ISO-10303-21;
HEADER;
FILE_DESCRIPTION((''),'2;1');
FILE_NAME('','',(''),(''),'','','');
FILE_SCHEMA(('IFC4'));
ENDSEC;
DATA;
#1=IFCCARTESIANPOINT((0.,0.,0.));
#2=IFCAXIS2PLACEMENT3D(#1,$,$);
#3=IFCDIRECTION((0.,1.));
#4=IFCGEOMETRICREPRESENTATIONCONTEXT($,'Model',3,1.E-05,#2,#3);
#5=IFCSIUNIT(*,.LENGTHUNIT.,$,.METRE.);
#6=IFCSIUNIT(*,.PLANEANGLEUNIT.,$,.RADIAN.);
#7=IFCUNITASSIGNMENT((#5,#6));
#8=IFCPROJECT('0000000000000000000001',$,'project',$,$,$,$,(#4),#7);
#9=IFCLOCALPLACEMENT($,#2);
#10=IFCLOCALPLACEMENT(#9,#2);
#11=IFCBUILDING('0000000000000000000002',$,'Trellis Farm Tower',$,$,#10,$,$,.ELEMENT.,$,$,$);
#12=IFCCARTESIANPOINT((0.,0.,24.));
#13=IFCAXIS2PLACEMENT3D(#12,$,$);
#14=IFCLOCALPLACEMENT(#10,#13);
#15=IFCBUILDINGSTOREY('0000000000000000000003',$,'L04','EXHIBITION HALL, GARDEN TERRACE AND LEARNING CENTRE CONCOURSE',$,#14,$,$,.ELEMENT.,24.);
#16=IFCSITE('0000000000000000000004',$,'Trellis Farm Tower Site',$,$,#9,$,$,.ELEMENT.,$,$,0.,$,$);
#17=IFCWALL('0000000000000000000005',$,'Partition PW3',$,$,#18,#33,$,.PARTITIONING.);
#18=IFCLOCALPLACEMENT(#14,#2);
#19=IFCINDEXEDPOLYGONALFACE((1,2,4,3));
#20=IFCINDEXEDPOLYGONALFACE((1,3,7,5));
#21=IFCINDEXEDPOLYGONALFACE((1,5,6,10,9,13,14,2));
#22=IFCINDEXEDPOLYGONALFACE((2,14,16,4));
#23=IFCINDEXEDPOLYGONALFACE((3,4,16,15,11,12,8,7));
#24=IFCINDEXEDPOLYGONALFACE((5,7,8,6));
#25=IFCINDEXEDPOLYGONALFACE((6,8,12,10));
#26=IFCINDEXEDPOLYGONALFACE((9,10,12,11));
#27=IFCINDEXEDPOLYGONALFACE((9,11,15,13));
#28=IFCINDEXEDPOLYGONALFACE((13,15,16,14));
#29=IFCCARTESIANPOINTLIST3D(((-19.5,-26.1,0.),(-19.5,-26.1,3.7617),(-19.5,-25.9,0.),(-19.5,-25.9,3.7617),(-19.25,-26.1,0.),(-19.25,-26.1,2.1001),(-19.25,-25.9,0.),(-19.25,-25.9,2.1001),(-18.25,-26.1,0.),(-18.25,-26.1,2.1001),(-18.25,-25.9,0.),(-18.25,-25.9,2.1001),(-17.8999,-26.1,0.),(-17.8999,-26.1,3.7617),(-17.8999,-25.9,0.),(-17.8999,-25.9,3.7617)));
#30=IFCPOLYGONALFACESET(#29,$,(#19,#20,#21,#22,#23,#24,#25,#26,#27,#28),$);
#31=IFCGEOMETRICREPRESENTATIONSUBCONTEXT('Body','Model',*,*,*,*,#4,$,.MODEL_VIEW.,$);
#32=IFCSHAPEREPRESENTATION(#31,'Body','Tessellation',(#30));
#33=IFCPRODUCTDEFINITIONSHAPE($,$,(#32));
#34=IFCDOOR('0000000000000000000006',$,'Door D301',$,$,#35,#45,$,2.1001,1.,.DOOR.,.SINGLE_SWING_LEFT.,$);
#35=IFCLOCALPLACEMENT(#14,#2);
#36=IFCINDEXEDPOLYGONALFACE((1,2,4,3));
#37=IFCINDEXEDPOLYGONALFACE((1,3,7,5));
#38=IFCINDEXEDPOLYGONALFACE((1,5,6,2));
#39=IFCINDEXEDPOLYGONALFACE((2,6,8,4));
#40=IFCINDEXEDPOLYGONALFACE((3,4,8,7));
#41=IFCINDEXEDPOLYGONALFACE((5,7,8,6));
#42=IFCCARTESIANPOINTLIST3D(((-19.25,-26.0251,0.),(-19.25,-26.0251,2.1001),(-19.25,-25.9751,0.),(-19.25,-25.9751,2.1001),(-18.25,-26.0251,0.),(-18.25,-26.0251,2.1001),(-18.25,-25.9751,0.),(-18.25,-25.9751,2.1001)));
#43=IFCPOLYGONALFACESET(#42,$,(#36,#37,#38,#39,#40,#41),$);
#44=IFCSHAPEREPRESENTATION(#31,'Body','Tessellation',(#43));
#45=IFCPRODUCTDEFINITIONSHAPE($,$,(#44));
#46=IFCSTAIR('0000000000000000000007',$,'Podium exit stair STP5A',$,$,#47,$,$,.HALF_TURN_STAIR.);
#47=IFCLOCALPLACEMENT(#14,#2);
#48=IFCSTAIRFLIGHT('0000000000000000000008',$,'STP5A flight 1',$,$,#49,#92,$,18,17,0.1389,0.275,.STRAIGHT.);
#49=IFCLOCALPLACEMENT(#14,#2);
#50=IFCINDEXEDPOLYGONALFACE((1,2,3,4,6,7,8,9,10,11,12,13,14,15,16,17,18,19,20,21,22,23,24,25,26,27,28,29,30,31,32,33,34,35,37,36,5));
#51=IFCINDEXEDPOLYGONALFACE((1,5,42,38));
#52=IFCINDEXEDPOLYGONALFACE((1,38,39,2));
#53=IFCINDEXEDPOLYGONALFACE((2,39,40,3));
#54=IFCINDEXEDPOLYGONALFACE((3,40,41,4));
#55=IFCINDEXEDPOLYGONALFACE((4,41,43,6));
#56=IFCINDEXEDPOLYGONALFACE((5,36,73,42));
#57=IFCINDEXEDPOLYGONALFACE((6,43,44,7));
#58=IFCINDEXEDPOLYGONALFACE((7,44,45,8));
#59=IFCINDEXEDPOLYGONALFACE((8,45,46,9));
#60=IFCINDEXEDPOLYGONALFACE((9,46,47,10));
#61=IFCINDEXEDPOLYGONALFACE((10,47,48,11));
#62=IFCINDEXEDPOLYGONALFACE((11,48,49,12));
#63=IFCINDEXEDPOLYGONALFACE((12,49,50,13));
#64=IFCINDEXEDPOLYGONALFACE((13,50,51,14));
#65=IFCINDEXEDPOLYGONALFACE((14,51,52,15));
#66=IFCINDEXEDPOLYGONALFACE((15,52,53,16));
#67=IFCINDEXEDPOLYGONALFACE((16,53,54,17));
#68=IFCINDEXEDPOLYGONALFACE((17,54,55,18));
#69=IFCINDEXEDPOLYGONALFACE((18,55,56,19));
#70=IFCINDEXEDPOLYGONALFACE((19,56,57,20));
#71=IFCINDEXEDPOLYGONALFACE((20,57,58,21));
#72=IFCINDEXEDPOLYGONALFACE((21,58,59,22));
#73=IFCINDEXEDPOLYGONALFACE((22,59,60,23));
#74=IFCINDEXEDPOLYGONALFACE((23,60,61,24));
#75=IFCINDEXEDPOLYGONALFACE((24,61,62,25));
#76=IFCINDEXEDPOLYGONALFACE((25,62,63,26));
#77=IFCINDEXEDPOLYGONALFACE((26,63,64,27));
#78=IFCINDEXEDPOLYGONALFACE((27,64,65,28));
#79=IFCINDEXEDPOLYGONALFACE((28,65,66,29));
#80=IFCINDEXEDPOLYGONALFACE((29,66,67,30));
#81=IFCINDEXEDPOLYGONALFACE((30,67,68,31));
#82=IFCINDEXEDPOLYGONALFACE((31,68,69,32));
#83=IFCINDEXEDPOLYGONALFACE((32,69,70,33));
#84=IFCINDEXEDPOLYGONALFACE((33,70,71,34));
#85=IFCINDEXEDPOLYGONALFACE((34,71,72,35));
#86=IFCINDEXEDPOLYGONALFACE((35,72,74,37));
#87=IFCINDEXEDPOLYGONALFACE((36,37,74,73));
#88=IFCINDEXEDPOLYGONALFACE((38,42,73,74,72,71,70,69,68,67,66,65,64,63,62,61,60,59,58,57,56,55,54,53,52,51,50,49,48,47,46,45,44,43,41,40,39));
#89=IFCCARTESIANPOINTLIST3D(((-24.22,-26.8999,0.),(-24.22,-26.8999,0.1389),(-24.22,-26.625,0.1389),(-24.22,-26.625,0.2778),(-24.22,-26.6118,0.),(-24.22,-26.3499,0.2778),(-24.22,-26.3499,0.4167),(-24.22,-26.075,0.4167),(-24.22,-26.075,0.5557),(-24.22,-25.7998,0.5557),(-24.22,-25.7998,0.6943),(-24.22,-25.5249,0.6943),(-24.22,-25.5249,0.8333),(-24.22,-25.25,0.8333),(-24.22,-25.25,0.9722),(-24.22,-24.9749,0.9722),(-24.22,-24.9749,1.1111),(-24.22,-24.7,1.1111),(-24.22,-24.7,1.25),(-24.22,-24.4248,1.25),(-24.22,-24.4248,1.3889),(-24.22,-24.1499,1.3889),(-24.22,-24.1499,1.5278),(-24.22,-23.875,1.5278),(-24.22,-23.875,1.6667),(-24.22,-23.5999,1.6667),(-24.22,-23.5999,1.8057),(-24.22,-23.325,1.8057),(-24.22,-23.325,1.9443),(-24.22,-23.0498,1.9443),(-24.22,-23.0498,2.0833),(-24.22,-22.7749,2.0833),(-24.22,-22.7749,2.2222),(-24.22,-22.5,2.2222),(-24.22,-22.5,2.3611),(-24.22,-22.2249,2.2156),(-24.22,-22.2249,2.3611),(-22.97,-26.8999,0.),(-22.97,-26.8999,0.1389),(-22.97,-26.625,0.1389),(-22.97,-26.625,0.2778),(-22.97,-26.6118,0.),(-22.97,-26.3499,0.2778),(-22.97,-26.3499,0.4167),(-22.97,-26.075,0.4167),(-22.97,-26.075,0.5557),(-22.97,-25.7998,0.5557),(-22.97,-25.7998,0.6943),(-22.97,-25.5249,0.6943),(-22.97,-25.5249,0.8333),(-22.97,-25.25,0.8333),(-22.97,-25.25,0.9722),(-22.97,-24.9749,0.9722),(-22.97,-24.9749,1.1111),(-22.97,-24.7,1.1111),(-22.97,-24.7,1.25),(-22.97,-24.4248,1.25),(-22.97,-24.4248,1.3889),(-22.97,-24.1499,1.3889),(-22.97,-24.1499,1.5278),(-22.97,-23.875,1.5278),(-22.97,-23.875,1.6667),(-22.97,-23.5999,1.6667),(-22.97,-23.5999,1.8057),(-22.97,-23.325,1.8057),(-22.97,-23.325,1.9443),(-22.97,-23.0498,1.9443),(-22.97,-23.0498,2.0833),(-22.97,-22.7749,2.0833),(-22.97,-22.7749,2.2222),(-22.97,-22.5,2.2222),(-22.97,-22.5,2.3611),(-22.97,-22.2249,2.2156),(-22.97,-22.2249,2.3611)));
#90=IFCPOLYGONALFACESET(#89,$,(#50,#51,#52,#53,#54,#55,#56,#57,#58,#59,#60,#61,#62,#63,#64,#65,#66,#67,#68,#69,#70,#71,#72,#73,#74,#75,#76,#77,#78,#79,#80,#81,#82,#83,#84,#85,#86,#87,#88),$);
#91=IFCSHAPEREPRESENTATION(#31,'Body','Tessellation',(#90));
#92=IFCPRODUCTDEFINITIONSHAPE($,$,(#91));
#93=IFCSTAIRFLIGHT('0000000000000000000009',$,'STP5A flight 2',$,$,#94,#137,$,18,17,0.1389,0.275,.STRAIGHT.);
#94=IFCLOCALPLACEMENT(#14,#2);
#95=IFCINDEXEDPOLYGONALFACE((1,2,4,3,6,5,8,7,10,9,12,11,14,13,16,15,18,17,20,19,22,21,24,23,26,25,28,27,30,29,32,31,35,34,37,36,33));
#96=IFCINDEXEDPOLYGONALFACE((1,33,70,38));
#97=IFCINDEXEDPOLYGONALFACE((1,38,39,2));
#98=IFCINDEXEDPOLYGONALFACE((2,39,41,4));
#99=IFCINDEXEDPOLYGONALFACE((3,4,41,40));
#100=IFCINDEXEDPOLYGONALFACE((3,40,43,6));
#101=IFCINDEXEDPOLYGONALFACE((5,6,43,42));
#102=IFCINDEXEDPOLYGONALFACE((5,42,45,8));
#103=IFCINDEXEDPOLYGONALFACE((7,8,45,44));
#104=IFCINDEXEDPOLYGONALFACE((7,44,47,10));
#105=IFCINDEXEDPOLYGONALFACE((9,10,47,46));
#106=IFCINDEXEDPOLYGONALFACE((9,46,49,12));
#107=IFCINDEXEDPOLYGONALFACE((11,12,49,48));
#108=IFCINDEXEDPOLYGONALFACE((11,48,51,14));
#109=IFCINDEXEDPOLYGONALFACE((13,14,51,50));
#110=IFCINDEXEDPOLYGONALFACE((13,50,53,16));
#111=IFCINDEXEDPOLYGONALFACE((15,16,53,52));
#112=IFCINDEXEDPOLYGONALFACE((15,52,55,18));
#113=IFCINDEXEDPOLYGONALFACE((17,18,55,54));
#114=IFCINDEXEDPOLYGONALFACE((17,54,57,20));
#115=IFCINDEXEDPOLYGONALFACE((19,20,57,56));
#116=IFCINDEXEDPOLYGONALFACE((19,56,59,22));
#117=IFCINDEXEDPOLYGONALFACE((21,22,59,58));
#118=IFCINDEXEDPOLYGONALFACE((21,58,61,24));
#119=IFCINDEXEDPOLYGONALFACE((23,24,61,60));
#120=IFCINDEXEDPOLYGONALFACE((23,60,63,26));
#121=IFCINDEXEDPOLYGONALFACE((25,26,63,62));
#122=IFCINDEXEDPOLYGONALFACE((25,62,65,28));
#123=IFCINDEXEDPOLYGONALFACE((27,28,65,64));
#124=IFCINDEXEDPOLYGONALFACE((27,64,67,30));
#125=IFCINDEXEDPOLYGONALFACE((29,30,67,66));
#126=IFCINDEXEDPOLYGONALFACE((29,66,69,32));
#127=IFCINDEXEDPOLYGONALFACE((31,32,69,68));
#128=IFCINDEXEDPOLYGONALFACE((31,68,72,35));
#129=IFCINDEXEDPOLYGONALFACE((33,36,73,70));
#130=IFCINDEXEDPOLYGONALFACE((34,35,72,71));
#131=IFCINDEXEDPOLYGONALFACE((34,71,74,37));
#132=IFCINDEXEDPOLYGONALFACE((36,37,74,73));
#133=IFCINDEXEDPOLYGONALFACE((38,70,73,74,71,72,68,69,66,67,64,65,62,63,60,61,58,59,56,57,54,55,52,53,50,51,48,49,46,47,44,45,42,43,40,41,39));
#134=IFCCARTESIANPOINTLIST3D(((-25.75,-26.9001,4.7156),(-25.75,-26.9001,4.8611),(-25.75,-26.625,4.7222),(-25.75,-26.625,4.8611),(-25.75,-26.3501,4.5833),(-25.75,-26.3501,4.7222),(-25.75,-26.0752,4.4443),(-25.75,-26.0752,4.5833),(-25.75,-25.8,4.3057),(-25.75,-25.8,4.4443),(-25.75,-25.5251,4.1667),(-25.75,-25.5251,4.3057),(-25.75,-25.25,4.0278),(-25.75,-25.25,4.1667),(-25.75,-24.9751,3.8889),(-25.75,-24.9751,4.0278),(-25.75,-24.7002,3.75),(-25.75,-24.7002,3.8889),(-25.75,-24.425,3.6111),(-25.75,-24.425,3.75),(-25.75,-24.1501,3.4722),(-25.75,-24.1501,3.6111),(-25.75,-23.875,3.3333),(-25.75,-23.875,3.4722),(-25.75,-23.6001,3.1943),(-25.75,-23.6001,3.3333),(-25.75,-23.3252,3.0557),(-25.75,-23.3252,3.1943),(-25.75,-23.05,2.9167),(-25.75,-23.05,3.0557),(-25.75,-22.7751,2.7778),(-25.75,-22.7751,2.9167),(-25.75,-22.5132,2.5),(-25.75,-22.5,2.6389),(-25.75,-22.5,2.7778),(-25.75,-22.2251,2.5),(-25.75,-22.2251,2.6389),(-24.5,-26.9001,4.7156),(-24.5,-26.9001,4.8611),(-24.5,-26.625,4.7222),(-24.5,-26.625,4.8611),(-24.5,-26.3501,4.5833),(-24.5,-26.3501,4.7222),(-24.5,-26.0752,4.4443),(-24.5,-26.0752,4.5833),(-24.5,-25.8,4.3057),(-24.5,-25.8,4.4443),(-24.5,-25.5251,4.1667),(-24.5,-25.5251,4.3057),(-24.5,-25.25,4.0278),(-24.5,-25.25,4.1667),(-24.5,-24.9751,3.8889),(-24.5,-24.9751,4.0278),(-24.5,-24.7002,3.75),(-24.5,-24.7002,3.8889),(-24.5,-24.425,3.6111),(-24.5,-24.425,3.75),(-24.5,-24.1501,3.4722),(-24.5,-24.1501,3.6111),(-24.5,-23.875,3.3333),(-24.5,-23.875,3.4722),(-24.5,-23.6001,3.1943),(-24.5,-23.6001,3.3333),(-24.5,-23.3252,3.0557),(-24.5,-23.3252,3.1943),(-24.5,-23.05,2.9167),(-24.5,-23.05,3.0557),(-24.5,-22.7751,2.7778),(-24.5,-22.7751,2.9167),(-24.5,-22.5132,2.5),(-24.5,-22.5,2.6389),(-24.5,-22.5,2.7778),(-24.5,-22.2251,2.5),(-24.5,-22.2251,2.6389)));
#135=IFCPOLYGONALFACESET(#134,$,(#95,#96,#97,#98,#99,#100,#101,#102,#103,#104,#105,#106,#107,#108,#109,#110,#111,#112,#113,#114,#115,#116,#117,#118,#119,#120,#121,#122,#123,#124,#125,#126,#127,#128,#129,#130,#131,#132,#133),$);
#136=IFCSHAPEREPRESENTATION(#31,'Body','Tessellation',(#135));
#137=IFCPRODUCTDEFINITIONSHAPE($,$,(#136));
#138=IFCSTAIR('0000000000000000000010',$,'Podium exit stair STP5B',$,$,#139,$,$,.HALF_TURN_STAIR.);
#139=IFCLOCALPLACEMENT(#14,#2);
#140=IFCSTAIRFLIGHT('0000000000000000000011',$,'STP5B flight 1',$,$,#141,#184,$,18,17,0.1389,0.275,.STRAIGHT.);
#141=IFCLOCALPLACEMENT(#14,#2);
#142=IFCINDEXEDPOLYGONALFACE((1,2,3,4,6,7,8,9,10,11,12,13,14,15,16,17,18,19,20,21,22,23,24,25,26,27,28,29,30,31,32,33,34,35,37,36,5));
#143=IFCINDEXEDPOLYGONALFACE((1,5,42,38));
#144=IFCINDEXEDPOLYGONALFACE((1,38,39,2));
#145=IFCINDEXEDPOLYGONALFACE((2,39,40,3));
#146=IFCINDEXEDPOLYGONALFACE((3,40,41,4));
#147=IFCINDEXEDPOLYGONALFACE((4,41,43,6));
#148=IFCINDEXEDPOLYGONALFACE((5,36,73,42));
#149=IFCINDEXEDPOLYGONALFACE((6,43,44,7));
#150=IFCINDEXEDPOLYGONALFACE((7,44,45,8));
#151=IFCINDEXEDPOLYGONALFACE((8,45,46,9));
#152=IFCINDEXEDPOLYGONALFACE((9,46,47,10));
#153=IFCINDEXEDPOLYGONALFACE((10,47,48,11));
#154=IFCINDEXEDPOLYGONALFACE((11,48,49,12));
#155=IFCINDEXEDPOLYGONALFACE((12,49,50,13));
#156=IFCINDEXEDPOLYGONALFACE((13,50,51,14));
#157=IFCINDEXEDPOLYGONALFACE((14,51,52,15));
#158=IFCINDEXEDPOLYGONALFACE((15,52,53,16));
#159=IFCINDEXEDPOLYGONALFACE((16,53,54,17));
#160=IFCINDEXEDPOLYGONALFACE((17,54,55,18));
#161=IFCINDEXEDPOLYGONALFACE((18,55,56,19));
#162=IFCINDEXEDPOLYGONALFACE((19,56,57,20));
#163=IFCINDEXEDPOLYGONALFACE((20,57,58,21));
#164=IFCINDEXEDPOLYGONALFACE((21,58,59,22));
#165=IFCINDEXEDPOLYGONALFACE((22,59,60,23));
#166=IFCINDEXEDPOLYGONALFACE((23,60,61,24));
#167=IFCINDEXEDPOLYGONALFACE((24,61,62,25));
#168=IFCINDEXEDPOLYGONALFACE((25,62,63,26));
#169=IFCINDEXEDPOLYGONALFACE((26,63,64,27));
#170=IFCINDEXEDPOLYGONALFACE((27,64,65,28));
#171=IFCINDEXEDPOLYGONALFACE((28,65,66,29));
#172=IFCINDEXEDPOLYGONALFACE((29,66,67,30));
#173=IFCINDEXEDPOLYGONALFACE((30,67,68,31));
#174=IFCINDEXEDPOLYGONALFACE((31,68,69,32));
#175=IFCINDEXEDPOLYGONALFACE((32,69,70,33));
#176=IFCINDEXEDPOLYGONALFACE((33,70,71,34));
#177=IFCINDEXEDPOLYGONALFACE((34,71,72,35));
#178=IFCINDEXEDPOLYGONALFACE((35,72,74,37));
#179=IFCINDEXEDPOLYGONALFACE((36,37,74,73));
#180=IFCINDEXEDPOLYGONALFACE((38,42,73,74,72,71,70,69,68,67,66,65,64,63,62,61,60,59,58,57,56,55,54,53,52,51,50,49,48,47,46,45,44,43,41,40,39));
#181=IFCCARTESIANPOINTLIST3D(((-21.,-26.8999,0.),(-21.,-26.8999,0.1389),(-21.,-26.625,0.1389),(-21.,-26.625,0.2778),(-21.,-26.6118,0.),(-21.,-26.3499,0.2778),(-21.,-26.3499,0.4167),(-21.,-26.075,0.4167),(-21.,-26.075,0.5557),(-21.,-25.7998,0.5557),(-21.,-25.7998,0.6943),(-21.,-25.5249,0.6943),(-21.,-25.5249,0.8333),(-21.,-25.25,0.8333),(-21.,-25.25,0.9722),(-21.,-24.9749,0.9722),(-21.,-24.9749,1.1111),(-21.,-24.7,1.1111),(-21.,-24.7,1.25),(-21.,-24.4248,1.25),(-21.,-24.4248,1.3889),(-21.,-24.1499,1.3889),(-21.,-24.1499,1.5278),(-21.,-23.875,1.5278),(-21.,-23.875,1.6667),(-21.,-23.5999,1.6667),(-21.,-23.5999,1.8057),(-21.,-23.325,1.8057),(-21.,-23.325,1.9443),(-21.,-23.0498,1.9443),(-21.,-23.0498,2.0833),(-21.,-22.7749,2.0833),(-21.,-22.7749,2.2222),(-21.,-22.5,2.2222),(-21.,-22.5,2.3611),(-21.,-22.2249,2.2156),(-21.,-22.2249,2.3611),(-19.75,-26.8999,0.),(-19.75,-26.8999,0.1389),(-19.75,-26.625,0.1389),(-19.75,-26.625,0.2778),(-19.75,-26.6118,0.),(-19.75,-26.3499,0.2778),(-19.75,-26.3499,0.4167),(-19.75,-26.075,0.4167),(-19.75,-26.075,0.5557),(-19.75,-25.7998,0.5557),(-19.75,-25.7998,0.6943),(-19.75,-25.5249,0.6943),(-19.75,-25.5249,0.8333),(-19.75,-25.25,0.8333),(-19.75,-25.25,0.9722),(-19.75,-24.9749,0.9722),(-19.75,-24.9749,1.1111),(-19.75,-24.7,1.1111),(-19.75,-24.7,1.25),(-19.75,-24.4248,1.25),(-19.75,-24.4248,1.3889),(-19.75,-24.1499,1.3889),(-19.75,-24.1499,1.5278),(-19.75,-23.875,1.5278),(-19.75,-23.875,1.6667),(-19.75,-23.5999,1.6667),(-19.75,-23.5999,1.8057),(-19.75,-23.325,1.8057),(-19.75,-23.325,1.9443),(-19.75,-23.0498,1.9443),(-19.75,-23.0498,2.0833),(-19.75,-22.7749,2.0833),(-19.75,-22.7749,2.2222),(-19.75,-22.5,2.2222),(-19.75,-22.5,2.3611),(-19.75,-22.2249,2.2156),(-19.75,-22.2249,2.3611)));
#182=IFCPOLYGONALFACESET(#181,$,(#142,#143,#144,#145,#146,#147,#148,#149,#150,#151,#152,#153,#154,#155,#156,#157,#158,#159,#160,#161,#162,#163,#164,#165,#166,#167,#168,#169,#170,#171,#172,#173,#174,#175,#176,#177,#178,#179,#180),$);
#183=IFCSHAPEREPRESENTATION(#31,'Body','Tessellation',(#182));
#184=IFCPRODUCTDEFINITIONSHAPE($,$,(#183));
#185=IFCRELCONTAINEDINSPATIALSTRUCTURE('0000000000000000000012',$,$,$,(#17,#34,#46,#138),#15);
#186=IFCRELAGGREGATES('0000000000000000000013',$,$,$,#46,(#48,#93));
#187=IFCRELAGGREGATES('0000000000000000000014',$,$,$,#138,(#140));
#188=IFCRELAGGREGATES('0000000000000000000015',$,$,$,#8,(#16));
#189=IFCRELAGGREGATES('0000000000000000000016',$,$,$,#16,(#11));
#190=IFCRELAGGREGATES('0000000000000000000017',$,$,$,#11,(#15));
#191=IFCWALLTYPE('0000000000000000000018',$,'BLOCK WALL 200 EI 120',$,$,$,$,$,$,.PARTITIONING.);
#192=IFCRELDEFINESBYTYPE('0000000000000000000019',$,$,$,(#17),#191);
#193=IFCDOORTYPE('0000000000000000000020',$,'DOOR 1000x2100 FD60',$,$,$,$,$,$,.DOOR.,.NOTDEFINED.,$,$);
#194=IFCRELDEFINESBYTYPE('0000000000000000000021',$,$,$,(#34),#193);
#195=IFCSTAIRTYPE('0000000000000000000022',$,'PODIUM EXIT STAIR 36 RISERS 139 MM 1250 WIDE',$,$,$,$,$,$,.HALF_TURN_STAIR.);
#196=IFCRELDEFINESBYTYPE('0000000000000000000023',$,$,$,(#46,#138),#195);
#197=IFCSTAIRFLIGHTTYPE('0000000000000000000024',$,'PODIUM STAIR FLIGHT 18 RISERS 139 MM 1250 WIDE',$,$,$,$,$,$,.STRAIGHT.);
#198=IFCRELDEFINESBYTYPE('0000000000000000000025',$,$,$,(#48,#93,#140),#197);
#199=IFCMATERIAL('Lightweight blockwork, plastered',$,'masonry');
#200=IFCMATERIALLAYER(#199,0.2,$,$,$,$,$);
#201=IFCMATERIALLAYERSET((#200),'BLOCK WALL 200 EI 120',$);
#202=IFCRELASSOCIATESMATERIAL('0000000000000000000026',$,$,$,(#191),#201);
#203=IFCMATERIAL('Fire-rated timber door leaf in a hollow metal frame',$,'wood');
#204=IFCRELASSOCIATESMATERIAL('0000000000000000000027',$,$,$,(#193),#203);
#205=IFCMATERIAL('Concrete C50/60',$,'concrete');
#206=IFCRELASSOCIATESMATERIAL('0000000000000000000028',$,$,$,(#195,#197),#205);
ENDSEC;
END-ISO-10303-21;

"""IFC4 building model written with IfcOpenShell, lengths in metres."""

from ifc_helpers import new_model, si_unit, direction, frame, frame_2d, origin, place, context, subcontext, project, spatial, polyline, rectangle, outline, extrude, source, transform, mapped, material, layer, layer_set, type_object, element, fill, aggregate, save


model = new_model("IFC4")

# Units and contexts
model_context = context("Model", 3, precision=1e-05, world=origin(), true_north=direction((0.0, 1.0)))
body_context = subcontext(model_context, "Body", "Model", "MODEL_VIEW")
ifc_project = project(units=[si_unit("LENGTHUNIT", "METRE"), si_unit("PLANEANGLEUNIT", "RADIAN")], contexts=[model_context])

# Site, building, storey
site_placement = place(None, origin())
site = spatial("IfcSite", under=ifc_project, at=site_placement, Name="Trellis Farm Tower Site", CompositionType="ELEMENT", RefElevation=0.0)
building_placement = place(site_placement, origin())
building = spatial("IfcBuilding", under=site, at=building_placement, Name="Trellis Farm Tower", CompositionType="ELEMENT")
storey_placement = place(building_placement, frame((0.0, 0.0, 24.0)))
storey = spatial("IfcBuildingStorey", under=building, at=storey_placement, Name="L04", Description="EXHIBITION HALL, GARDEN TERRACE AND LEARNING CENTRE CONCOURSE", CompositionType="ELEMENT", Elevation=24.0)

# Wall, opening, door
ifc_material_1 = material(Name="Lightweight blockwork, plastered", Category="masonry")
ifc_layer_1 = layer(ifc_material_1, 0.2)
ifc_layer_set_1 = layer_set([ifc_layer_1], Name="BLOCK WALL 200 EI 120")
wall_type_1 = type_object("IfcWallType", Name="BLOCK WALL 200 EI 120", PredefinedType="PARTITIONING", material=ifc_layer_set_1)
shared_shape_1 = source(origin(), body_context, "Body", "SweptSolid", [
    extrude(rectangle(XDim=1.6001, YDim=0.2, at=frame_2d((0.8, 0.0))), origin(), (0.0, 0.0, 1.0), 3.7617),
])
wall_1_placement = place(storey_placement, frame((-19.5, -26.0, 0.0), z_axis=(0.0, 0.0, 1.0), x_axis=(1.0, 0.0, 0.0)))
wall_1 = element("IfcWall", 1, at=wall_1_placement, inside=storey, type_object=wall_type_1, Name="Partition PW3", PredefinedType="PARTITIONING", context=body_context, shape_type="MappedRepresentation", body=[
    mapped(shared_shape_1, transform((0.0, 0.0, 0.0))),
])
shared_shape_2 = source(origin(), body_context, "Body", "SweptSolid", [
    extrude(rectangle(XDim=1.0, YDim=2.1001, at=frame_2d((0.5, 1.05))), frame((0.0, 0.1101, 0.0), z_axis=(0.0, -1.0, 0.0), x_axis=(1.0, 0.0, 0.0)), (0.0, 0.0, 1.0), 0.2202),
])
opening_1_placement = place(wall_1_placement, frame((0.25, 0.0, 0.0)))
opening_1 = element("IfcOpeningElement", 2, at=opening_1_placement, cuts=wall_1, PredefinedType="OPENING", context=body_context, shape_type="MappedRepresentation", body=[
    mapped(shared_shape_2, transform((0.0, 0.0, 0.0))),
])
ifc_material_2 = material(Name="Fire-rated timber door leaf in a hollow metal frame", Category="wood")
door_type_1 = type_object("IfcDoorType", Name="DOOR 1000x2100 FD60", OperationType="NOTDEFINED", PredefinedType="DOOR", material=ifc_material_2)
shared_shape_3 = source(origin(), body_context, "Body", "SweptSolid", [
    extrude(rectangle(XDim=1.0, YDim=2.1001, at=frame_2d((0.5, 1.05))), frame((0.0, 0.0249, 0.0), z_axis=(0.0, -1.0, 0.0), x_axis=(1.0, 0.0, 0.0)), (0.0, 0.0, 1.0), 0.05),
])
door_1_placement = place(opening_1_placement, origin())
door_1 = element("IfcDoor", 3, at=door_1_placement, inside=storey, type_object=door_type_1, Name="Door D301", OperationType="SINGLE_SWING_LEFT", OverallHeight=2.1001, OverallWidth=1.0, PredefinedType="DOOR", context=body_context, shape_type="MappedRepresentation", body=[
    mapped(shared_shape_3, transform((0.0, 0.0, 0.0))),
])
fill(opening_1, door_1)

# Stair, stair flights
ifc_material_3 = material(Name="Concrete C50/60", Category="concrete")
stair_type = type_object("IfcStairType", Name="PODIUM EXIT STAIR 36 RISERS 139 MM 1250 WIDE", PredefinedType="HALF_TURN_STAIR", material=ifc_material_3)
placement = place(storey_placement, origin())
stair_1 = element("IfcStair", 4, at=placement, inside=storey, type_object=stair_type, Name="Podium exit stair STP5A", PredefinedType="HALF_TURN_STAIR")
stair_flight_type = type_object("IfcStairFlightType", Name="PODIUM STAIR FLIGHT 18 RISERS 139 MM 1250 WIDE", PredefinedType="STRAIGHT", material=ifc_material_3)
shared_shape_4 = source(origin(), body_context, "Body", "SweptSolid", [
    extrude(outline(polyline([(0.0, 0.0), (0.0, 0.1389), (0.2749, 0.1389), (0.2749, 0.2778), (0.55, 0.2778), (0.55, 0.4167), (0.825, 0.4167), (0.825, 0.5557), (1.1001, 0.5557), (1.1001, 0.6943), (1.375, 0.6943), (1.375, 0.8333), (1.6499, 0.8333), (1.6499, 0.9722), (1.925, 0.9722), (1.925, 1.1111), (2.2, 1.1111), (2.2, 1.25), (2.4751, 1.25), (2.4751, 1.3889), (2.75, 1.3889), (2.75, 1.5278), (3.0249, 1.5278), (3.0249, 1.6667), (3.3, 1.6667), (3.3, 1.8057), (3.575, 1.8057), (3.575, 1.9443), (3.8501, 1.9443), (3.8501, 2.0833), (4.125, 2.0833), (4.125, 2.2222), (4.3999, 2.2222), (4.3999, 2.3611), (4.675, 2.3611), (4.675, 2.5), (4.675, 2.2156), (0.2881, 0.0), (0.0, 0.0)])), frame((0.0, 0.625, 0.0), z_axis=(0.0, -1.0, 0.0), x_axis=(1.0, 0.0, 0.0)), (0.0, 0.0, 1.0), 1.25),
])
stair_flight_1_placement = place(storey_placement, frame((-23.595, -26.8999, 0.0), z_axis=(0.0, 0.0, 1.0), x_axis=(0.0, 1.0, 0.0)))
stair_flight_1 = element("IfcStairFlight", 5, at=stair_flight_1_placement, type_object=stair_flight_type, Name="STP5A flight 1", NumberOfRisers=18, NumberOfTreads=17, PredefinedType="STRAIGHT", RiserHeight=0.1389, TreadLength=0.275, context=body_context, shape_type="MappedRepresentation", body=[
    mapped(shared_shape_4, transform((0.0, 0.0, 0.0))),
])
stair_flight_2_placement = place(storey_placement, frame((-25.125, -22.2251, 2.5), z_axis=(0.0, 0.0, 1.0), x_axis=(0.0, -1.0, 0.0)))
stair_flight_2 = element("IfcStairFlight", 6, at=stair_flight_2_placement, type_object=stair_flight_type, Name="STP5A flight 2", NumberOfRisers=18, NumberOfTreads=17, PredefinedType="STRAIGHT", RiserHeight=0.1389, TreadLength=0.275, context=body_context, shape_type="MappedRepresentation", body=[
    mapped(shared_shape_4, transform((0.0, 0.0, 0.0))),
])
aggregate(stair_1, [stair_flight_1, stair_flight_2])

# Stair, stair flight
stair_2 = element("IfcStair", 7, at=placement, inside=storey, type_object=stair_type, Name="Podium exit stair STP5B", PredefinedType="HALF_TURN_STAIR")
stair_flight_3_placement = place(storey_placement, frame((-20.375, -26.8999, 0.0), z_axis=(0.0, 0.0, 1.0), x_axis=(0.0, 1.0, 0.0)))
stair_flight_3 = element("IfcStairFlight", 8, at=stair_flight_3_placement, type_object=stair_flight_type, Name="STP5B flight 1", NumberOfRisers=18, NumberOfTreads=17, PredefinedType="STRAIGHT", RiserHeight=0.1389, TreadLength=0.275, context=body_context, shape_type="MappedRepresentation", body=[
    mapped(shared_shape_4, transform((0.0, 0.0, 0.0))),
])
aggregate(stair_2, [stair_flight_3])

save(model, "model.ifc")
